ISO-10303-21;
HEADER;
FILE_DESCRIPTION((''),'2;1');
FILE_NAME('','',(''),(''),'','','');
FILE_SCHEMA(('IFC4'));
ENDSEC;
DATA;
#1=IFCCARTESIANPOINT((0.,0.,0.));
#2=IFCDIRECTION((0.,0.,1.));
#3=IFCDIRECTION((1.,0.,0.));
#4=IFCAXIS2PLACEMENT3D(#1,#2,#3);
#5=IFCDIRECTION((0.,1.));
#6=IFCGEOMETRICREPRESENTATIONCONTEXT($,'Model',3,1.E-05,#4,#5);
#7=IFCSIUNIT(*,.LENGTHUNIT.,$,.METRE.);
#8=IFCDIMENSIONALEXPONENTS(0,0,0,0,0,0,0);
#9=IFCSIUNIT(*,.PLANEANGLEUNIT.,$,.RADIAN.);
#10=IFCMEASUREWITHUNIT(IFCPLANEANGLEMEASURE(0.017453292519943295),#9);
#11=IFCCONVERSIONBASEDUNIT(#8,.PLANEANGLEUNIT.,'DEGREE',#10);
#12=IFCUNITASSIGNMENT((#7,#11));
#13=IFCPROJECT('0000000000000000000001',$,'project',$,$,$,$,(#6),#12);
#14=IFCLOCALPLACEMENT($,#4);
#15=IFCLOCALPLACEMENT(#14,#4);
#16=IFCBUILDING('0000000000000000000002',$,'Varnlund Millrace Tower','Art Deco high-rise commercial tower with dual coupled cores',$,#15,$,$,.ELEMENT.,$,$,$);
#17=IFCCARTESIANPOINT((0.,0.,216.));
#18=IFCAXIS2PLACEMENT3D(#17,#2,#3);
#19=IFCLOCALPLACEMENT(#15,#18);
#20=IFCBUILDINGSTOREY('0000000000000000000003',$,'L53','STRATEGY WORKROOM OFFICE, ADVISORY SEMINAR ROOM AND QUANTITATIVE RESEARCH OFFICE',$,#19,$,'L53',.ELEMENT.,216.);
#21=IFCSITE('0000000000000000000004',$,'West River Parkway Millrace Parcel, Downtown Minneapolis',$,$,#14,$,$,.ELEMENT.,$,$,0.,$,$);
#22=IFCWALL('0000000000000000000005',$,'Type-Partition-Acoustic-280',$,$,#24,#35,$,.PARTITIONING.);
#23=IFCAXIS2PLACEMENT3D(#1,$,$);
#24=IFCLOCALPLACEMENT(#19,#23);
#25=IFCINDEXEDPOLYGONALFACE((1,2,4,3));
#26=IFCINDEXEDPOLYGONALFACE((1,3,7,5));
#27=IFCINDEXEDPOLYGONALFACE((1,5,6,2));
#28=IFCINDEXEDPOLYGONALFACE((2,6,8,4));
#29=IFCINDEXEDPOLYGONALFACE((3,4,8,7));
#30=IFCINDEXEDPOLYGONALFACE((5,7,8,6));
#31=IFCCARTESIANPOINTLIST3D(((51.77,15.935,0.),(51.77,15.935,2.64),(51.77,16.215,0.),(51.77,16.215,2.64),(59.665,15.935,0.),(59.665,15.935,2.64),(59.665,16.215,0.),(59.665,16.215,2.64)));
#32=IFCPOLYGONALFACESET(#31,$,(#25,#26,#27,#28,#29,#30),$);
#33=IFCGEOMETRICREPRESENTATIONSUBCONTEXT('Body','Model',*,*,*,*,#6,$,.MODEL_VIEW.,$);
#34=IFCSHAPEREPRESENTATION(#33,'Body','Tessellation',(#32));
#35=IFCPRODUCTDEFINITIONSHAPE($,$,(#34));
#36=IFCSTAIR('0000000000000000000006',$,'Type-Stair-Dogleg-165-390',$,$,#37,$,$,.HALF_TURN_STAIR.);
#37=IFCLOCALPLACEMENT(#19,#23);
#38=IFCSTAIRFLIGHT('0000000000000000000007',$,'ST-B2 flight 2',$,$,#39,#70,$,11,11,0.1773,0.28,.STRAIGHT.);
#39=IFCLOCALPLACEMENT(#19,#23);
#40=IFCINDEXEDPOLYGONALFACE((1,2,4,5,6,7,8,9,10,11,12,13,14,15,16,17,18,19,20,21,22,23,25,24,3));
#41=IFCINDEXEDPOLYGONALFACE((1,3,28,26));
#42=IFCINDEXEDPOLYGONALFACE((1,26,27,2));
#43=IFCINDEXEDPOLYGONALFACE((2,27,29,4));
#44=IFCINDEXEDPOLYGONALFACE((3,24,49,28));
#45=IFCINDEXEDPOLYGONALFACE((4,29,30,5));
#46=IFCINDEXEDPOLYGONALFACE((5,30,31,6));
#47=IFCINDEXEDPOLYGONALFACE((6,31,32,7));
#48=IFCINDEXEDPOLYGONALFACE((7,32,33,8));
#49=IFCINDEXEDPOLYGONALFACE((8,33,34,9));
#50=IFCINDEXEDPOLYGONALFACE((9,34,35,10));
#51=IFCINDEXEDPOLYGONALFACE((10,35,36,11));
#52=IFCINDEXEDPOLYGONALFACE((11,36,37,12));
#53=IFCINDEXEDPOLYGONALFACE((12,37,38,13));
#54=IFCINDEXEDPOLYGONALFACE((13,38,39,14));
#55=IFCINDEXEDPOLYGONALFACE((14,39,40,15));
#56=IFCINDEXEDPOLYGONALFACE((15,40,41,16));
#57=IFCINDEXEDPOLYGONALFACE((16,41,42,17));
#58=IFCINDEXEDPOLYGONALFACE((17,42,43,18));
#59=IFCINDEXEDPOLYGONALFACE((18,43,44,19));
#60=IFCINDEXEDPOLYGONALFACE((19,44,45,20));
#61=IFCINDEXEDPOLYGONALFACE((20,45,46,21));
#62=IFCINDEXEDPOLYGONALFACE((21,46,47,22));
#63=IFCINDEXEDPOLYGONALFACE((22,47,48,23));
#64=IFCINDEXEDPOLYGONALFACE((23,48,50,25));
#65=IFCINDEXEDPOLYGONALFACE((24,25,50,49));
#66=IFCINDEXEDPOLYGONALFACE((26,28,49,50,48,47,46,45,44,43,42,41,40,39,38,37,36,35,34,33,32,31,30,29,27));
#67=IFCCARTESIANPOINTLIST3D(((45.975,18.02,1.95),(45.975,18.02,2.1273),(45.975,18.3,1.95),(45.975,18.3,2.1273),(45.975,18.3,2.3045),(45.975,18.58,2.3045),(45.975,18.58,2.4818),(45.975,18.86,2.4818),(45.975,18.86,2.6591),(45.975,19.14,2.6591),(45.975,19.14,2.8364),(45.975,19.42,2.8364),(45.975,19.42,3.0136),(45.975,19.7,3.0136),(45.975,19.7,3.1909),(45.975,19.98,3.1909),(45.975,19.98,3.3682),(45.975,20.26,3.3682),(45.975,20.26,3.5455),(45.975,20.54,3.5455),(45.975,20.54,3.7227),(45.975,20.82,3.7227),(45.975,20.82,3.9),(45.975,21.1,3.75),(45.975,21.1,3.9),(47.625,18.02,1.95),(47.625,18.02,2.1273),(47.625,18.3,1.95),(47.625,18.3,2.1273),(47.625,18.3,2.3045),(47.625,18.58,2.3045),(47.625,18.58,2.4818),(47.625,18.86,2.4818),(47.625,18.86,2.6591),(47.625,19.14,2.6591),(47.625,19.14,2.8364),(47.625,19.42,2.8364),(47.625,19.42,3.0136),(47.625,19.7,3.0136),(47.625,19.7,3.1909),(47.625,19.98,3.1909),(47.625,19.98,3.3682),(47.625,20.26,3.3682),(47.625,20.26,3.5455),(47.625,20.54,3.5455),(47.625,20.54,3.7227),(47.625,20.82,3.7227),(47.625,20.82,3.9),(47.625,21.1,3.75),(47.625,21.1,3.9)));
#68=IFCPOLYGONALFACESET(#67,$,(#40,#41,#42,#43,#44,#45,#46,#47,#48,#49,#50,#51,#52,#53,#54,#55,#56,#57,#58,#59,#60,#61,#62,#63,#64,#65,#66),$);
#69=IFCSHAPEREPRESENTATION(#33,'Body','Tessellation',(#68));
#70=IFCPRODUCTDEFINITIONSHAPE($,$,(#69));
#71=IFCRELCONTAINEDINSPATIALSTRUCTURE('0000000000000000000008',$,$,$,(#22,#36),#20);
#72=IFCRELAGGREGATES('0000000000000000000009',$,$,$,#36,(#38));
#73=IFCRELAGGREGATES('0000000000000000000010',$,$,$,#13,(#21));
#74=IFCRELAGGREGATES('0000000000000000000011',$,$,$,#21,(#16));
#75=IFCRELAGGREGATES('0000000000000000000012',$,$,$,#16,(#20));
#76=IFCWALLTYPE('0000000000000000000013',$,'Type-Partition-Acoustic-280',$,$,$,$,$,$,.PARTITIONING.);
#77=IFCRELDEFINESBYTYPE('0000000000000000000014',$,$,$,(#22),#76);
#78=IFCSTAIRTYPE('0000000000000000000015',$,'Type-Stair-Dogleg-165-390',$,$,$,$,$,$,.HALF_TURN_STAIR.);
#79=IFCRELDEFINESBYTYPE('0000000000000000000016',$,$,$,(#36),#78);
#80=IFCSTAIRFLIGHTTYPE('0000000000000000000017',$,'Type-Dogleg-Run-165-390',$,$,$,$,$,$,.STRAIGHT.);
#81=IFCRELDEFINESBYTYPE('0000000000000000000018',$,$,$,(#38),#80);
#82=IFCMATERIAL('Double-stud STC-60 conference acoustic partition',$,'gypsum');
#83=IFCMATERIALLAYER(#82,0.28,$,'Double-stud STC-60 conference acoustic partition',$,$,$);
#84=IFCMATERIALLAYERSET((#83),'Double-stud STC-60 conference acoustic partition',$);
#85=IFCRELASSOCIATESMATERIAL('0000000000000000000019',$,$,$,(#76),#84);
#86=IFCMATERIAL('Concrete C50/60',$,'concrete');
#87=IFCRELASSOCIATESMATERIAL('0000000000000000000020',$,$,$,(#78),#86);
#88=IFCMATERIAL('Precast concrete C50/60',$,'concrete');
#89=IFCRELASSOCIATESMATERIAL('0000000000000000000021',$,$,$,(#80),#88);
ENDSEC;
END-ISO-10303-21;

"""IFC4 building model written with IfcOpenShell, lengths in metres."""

from ifc_helpers import new_model, entity, si_unit, converted_unit, direction, frame, origin_with_axes, place, context, subcontext, project, spatial, polyline, outline, extrude, material, layer, layer_set, type_object, element, aggregate, save


model = new_model("IFC4")

# Units and contexts
model_context = context("Model", 3, precision=1e-05, world=origin_with_axes(), true_north=direction((0.0, 1.0)))
body_context = subcontext(model_context, "Body", "Model", "MODEL_VIEW")
ifc_project = project(units=[si_unit("LENGTHUNIT", "METRE"), converted_unit("PLANEANGLEUNIT", "DEGREE", entity("IfcPlaneAngleMeasure", 0.017453292519943295), si_unit("PLANEANGLEUNIT", "RADIAN"), dimensions=[0, 0, 0, 0, 0, 0, 0])], contexts=[model_context])

# Site, building, storey
site_placement = place(None, origin_with_axes())
site = spatial("IfcSite", under=ifc_project, at=site_placement, Name="West River Parkway Millrace Parcel, Downtown Minneapolis", CompositionType="ELEMENT", RefElevation=0.0)
building_placement = place(site_placement, origin_with_axes())
building = spatial("IfcBuilding", under=site, at=building_placement, Name="Varnlund Millrace Tower", Description="Art Deco high-rise commercial tower with dual coupled cores", CompositionType="ELEMENT")
storey_placement = place(building_placement, frame((0.0, 0.0, 216.0), z_axis=(0.0, 0.0, 1.0), x_axis=(1.0, 0.0, 0.0)))
storey = spatial("IfcBuildingStorey", under=building, at=storey_placement, Name="L53", Description="STRATEGY WORKROOM OFFICE, ADVISORY SEMINAR ROOM AND QUANTITATIVE RESEARCH OFFICE", LongName="L53", CompositionType="ELEMENT", Elevation=216.0)

# Shared definitions
ifc_material_1 = material(Name="Precast concrete C50/60", Category="concrete")

# Wall
ifc_material_2 = material(Name="Double-stud STC-60 conference acoustic partition", Category="gypsum")
ifc_layer_1 = layer(ifc_material_2, 0.28, Name="Double-stud STC-60 conference acoustic partition")
ifc_layer_set_1 = layer_set([ifc_layer_1], Name="Double-stud STC-60 conference acoustic partition")
wall_type_1 = type_object("IfcWallType", Name="Type-Partition-Acoustic-280", PredefinedType="PARTITIONING", material=ifc_layer_set_1)
wall_1_placement = place(storey_placement, frame((51.77, 16.075, 0.0), z_axis=(0.0, 0.0, 1.0), x_axis=(1.0, 0.0, 0.0)))
element("IfcWall", 1, at=wall_1_placement, inside=storey, type_object=wall_type_1, Name="Type-Partition-Acoustic-280", PredefinedType="PARTITIONING", context=body_context, shape_type="SweptSolid", body=[
    extrude(outline(polyline([(0.0, -0.14), (7.895, -0.14), (7.895, 0.14), (0.0, 0.14), (0.0, -0.14)])), origin_with_axes(), (0.0, 0.0, 1.0), 2.64),
])

# Stair, stair flight
ifc_material_3 = material(Name="Concrete C50/60", Category="concrete")
stair_type = type_object("IfcStairType", Name="Type-Stair-Dogleg-165-390", PredefinedType="HALF_TURN_STAIR", material=ifc_material_3)
stair_placement = place(storey_placement, origin_with_axes())
stair = element("IfcStair", 2, at=stair_placement, inside=storey, type_object=stair_type, Name="Type-Stair-Dogleg-165-390", PredefinedType="HALF_TURN_STAIR")
stair_flight_type = type_object("IfcStairFlightType", Name="Type-Dogleg-Run-165-390", PredefinedType="STRAIGHT", material=ifc_material_1)
stair_flight_placement = place(storey_placement, frame((45.975, 18.02, 1.95), z_axis=(1.0, 0.0, 0.0), x_axis=(0.0, 1.0, 0.0)))
stair_flight = element("IfcStairFlight", 3, at=stair_flight_placement, type_object=stair_flight_type, Name="ST-B2 flight 2", NumberOfRisers=11, NumberOfTreads=11, PredefinedType="STRAIGHT", RiserHeight=0.1773, TreadLength=0.28, context=body_context, shape_type="SweptSolid", body=[
    extrude(outline(polyline([(0.0, 0.0), (0.0, 0.1773), (0.28, 0.1773), (0.28, 0.3545), (0.56, 0.3545), (0.56, 0.5318), (0.84, 0.5318), (0.84, 0.7091), (1.12, 0.7091), (1.12, 0.8864), (1.4, 0.8864), (1.4, 1.0636), (1.68, 1.0636), (1.68, 1.2409), (1.96, 1.2409), (1.96, 1.4182), (2.24, 1.4182), (2.24, 1.5955), (2.52, 1.5955), (2.52, 1.7727), (2.8, 1.7727), (2.8, 1.95), (3.08, 1.95), (3.08, 1.8), (0.28, 0.0), (0.0, 0.0)])), origin_with_axes(), (0.0, 0.0, 1.0), 1.65),
])
aggregate(stair, [stair_flight])

save(model, "model.ifc")
